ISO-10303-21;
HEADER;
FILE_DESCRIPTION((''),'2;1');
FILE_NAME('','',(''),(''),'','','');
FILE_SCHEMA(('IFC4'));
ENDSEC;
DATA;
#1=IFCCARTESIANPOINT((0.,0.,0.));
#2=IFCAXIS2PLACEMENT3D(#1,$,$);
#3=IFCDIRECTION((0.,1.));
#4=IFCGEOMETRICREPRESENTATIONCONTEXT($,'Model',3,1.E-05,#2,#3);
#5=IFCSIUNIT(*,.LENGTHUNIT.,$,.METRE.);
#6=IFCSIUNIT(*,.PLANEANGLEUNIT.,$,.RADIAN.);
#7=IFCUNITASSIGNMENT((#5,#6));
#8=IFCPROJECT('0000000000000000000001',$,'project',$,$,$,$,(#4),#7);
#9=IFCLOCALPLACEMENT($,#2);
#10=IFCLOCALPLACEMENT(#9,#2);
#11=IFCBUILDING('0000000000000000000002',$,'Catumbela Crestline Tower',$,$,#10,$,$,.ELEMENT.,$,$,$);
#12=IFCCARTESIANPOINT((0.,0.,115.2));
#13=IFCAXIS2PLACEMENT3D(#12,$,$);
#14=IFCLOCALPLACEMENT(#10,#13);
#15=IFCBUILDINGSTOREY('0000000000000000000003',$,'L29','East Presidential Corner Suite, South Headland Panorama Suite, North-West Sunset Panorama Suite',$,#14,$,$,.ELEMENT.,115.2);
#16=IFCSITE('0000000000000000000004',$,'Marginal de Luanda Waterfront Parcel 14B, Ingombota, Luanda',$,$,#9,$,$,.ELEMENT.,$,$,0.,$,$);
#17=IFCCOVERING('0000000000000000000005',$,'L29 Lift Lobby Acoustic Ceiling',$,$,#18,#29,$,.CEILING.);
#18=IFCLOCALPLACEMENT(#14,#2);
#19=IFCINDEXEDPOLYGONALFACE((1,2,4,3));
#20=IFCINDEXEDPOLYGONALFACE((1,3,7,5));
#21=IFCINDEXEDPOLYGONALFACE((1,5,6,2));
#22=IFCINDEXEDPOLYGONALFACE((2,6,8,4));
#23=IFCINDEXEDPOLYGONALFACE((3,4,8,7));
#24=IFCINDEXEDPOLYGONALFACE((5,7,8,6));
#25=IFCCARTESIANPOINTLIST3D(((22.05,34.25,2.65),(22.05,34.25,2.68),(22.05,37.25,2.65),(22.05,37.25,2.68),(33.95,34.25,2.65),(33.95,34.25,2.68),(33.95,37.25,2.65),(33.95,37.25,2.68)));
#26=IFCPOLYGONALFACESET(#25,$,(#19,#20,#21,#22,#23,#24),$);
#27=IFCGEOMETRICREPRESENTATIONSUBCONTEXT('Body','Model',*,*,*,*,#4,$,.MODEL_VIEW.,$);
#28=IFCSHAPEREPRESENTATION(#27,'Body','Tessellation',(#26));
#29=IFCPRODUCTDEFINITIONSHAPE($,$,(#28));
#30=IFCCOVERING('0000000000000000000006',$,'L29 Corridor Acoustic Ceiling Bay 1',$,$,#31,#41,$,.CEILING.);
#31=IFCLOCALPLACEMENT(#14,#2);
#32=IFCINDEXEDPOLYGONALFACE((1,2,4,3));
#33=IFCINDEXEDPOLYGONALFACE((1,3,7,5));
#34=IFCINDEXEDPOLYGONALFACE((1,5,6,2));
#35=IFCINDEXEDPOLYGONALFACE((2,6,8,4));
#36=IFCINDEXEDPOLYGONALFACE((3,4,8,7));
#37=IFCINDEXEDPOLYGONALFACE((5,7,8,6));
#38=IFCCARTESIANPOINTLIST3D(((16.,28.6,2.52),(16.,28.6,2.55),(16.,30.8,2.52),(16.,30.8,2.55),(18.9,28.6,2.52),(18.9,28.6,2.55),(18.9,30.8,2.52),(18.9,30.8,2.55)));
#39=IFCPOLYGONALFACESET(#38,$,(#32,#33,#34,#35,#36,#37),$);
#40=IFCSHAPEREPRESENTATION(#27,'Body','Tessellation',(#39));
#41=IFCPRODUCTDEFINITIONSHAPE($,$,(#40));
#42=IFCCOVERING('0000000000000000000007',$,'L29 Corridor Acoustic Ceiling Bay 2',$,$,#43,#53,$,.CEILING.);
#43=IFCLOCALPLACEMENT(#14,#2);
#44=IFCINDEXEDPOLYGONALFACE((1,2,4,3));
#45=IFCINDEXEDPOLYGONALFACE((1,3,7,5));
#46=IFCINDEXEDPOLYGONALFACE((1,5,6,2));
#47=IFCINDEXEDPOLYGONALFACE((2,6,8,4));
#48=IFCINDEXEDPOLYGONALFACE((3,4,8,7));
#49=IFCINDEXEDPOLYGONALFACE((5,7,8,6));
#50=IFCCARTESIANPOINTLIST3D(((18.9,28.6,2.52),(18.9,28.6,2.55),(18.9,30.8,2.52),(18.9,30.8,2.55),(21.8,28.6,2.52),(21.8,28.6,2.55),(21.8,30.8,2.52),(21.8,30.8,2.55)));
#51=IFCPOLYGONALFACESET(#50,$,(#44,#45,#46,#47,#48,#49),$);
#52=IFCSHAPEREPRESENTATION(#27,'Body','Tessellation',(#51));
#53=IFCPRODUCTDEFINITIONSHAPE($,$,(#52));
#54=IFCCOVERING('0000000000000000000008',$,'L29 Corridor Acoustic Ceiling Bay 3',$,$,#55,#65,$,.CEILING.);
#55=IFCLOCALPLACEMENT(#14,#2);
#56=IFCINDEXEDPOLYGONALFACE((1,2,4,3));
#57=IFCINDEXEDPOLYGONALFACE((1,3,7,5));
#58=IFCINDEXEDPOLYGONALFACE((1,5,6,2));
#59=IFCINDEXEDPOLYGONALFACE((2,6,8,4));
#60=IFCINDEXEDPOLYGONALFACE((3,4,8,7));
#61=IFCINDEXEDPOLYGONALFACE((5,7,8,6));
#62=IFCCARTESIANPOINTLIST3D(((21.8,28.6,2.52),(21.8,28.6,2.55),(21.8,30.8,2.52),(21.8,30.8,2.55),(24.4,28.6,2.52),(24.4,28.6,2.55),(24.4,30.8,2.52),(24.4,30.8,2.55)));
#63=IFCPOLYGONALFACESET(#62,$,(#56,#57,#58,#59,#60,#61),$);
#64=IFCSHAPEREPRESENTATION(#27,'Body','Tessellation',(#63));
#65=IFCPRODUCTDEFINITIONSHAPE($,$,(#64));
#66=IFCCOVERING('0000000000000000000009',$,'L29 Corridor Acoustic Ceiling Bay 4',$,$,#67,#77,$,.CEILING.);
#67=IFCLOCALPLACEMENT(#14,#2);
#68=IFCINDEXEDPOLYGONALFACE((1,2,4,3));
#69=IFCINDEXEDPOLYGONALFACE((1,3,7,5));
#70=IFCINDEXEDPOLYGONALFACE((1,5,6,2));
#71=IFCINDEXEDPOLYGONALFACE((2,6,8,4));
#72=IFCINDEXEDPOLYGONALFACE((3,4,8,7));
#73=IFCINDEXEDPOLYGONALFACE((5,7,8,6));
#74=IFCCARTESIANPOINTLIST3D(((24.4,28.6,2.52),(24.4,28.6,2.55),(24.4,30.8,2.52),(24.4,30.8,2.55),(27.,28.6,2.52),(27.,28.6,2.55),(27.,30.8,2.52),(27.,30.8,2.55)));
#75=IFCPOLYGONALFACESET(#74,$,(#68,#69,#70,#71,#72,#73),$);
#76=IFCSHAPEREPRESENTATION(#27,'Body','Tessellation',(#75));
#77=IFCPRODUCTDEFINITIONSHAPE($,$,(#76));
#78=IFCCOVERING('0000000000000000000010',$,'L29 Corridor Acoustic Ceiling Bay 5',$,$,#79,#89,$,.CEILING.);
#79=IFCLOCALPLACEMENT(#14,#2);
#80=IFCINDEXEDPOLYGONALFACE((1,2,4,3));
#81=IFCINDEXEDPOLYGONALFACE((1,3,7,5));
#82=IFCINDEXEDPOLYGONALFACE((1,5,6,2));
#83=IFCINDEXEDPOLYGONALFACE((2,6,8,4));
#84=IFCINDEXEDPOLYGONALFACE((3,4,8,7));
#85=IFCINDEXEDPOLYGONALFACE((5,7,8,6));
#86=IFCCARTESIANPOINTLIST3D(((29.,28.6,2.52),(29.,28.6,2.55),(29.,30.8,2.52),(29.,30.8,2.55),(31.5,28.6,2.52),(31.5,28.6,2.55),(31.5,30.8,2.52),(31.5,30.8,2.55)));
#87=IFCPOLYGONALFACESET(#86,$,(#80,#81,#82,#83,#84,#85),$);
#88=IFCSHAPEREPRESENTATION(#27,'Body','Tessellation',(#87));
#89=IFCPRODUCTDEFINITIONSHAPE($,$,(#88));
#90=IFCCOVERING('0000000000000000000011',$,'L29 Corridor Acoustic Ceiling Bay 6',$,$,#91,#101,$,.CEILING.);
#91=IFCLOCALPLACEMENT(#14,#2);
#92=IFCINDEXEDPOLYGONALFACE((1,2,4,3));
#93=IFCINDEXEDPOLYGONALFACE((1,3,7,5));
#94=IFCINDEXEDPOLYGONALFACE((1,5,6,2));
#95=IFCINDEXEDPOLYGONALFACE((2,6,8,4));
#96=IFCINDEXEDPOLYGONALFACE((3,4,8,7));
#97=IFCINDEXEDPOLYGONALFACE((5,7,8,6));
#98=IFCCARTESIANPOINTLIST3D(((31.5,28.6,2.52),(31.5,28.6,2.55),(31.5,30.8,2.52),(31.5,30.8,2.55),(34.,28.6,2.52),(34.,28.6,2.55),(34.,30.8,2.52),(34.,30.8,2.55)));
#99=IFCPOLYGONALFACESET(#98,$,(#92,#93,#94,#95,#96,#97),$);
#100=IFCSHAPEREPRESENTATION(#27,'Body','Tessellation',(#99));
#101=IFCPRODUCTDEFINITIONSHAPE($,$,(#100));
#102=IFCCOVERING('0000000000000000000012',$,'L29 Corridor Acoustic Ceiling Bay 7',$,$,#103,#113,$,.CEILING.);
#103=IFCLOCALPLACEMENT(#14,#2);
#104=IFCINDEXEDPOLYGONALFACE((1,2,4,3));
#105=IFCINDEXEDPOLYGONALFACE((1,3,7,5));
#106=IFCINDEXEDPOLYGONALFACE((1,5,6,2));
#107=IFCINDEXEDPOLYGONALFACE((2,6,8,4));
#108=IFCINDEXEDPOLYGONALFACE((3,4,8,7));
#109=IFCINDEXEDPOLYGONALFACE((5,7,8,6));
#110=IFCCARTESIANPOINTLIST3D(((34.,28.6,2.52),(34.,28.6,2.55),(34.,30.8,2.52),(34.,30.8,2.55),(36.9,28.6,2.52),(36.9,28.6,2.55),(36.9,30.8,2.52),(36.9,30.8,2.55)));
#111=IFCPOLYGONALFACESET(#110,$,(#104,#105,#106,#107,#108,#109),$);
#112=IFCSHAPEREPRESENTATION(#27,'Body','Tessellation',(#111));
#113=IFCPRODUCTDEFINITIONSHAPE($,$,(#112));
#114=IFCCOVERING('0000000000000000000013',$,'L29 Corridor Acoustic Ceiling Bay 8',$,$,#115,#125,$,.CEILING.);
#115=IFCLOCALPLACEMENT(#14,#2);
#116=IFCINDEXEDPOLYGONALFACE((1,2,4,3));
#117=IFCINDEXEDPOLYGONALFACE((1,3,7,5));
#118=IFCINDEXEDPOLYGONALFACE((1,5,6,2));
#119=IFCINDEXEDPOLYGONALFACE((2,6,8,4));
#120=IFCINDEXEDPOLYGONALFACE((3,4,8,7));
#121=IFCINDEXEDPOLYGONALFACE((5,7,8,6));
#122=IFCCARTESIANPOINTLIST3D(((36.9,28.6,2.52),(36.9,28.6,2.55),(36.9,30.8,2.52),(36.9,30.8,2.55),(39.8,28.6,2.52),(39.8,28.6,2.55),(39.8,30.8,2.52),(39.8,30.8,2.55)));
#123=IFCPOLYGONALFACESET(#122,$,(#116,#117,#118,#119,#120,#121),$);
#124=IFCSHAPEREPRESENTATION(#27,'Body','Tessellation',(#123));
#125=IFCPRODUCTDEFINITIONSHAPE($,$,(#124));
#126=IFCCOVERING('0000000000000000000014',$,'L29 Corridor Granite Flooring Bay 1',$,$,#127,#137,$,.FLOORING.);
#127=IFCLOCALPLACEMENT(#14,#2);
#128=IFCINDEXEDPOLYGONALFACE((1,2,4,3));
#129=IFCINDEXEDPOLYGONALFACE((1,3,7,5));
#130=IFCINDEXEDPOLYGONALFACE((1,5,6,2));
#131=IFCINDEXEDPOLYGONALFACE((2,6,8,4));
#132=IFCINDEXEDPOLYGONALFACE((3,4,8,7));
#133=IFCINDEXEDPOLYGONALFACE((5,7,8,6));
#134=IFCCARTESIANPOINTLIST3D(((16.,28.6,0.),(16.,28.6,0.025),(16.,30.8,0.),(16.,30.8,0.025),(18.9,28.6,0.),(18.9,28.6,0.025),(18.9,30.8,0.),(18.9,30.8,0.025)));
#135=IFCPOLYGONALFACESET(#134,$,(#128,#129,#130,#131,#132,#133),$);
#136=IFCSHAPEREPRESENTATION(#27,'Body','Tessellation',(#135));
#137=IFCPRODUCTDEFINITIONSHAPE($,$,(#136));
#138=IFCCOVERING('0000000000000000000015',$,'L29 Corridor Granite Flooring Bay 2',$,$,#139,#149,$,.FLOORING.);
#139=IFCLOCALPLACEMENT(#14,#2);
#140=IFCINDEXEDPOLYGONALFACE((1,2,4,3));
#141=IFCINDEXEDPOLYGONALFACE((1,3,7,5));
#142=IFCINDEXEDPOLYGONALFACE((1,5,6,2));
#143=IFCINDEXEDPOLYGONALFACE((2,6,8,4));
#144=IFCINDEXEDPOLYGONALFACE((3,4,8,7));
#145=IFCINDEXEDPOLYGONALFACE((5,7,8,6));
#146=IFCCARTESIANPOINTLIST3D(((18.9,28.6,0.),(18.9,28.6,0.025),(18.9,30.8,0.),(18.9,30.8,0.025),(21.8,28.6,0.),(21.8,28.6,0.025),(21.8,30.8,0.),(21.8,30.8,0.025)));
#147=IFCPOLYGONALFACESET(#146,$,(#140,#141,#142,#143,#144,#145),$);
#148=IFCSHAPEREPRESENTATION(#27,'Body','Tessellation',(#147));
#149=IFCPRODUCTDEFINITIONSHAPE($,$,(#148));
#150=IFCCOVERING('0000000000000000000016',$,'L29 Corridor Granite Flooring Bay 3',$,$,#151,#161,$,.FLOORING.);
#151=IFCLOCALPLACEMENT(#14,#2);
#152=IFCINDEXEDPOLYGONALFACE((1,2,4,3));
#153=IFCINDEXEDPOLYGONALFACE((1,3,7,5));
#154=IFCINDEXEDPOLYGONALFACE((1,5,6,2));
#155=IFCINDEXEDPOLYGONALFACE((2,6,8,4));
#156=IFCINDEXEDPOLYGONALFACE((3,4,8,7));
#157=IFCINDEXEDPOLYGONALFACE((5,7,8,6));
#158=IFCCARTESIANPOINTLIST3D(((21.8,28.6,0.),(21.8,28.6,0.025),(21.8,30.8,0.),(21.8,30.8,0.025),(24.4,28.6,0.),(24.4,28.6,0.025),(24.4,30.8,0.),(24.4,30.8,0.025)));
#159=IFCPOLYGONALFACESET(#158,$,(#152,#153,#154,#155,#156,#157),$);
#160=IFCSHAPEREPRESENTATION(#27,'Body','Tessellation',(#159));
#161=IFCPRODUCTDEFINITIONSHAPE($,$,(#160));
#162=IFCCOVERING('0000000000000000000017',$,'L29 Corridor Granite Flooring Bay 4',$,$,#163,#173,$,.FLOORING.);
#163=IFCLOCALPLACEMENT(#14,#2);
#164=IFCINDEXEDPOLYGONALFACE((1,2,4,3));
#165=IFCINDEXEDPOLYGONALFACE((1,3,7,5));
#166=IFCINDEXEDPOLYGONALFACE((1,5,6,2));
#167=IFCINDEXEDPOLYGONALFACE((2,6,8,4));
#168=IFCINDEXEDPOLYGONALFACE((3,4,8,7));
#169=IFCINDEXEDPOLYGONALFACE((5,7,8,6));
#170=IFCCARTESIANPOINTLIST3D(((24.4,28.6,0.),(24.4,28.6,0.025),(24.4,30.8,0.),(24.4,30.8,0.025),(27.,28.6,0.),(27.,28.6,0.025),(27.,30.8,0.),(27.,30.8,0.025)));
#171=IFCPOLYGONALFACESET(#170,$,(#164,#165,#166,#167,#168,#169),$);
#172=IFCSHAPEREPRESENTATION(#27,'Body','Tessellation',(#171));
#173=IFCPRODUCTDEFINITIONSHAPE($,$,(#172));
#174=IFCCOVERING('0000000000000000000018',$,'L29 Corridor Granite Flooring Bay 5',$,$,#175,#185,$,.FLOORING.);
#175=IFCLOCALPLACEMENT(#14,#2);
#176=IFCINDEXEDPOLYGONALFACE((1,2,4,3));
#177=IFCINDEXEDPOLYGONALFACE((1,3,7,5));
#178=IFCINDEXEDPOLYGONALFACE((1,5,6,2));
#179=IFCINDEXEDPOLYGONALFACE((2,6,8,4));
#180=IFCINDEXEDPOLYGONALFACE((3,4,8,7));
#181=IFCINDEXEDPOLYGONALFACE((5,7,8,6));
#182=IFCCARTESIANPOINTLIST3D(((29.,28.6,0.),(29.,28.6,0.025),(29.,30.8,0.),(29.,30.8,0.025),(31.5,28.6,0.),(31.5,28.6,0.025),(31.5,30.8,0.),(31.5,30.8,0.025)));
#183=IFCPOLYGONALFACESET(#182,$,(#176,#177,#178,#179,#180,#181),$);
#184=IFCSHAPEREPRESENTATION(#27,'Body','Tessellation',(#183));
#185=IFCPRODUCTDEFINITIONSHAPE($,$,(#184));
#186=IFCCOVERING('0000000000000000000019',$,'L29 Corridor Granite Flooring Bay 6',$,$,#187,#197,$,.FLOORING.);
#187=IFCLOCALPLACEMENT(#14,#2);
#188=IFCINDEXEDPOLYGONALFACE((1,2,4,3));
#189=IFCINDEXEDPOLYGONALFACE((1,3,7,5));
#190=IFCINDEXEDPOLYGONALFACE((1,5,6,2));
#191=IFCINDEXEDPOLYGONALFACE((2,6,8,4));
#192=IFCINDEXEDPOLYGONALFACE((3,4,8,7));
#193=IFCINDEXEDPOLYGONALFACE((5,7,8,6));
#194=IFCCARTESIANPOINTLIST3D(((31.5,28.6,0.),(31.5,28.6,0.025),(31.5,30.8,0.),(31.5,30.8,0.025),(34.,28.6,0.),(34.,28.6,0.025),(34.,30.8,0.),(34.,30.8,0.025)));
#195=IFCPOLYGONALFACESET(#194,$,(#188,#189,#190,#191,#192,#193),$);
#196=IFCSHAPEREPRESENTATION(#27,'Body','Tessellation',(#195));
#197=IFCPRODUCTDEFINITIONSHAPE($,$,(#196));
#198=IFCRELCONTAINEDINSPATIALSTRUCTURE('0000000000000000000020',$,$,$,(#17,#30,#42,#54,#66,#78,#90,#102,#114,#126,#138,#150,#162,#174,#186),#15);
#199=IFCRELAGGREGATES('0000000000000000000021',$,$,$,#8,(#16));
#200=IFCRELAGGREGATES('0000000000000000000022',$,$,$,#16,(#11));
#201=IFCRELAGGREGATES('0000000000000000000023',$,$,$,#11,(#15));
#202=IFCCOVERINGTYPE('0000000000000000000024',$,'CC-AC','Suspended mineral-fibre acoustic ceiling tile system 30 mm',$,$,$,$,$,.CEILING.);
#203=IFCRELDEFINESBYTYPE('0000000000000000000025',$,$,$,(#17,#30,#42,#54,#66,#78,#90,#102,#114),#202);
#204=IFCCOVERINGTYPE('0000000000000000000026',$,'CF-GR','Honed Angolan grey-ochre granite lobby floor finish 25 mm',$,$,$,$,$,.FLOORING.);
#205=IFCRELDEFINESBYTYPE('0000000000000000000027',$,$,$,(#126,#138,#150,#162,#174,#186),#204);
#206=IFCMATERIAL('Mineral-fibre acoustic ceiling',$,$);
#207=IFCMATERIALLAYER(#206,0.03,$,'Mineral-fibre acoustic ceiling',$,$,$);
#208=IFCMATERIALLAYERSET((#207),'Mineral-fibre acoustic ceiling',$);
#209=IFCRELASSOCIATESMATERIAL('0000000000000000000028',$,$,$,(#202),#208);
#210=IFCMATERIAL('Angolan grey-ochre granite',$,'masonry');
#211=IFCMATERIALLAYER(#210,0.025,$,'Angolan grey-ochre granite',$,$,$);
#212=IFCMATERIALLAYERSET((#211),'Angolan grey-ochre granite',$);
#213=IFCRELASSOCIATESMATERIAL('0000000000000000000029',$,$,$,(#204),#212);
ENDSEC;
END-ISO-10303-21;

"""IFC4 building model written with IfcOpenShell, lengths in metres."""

from ifc_helpers import new_model, si_unit, direction, frame, origin, place, context, subcontext, project, spatial, polyline, outline, extrude, material, layer, layer_set, type_object, element, save


model = new_model("IFC4")

# Units and contexts
model_context = context("Model", 3, precision=1e-05, world=origin(), true_north=direction((0.0, 1.0)))
body_context = subcontext(model_context, "Body", "Model", "MODEL_VIEW")
ifc_project = project(units=[si_unit("LENGTHUNIT", "METRE"), si_unit("PLANEANGLEUNIT", "RADIAN")], contexts=[model_context])

# Site, building, storey
site_placement = place(None, origin())
site = spatial("IfcSite", under=ifc_project, at=site_placement, Name="Marginal de Luanda Waterfront Parcel 14B, Ingombota, Luanda", CompositionType="ELEMENT", RefElevation=0.0)
building_placement = place(site_placement, origin())
building = spatial("IfcBuilding", under=site, at=building_placement, Name="Catumbela Crestline Tower", CompositionType="ELEMENT")
storey_placement = place(building_placement, frame((0.0, 0.0, 115.2)))
storey = spatial("IfcBuildingStorey", under=building, at=storey_placement, Name="L29", Description="East Presidential Corner Suite, South Headland Panorama Suite, North-West Sunset Panorama Suite", CompositionType="ELEMENT", Elevation=115.2)

# Shared definitions
ifc_material_1 = material(Name="Angolan grey-ochre granite", Category="masonry")

# Coverings
ifc_material_2 = material(Name="Mineral-fibre acoustic ceiling")
ifc_layer_1 = layer(ifc_material_2, 0.03, Name="Mineral-fibre acoustic ceiling")
ifc_layer_set_1 = layer_set([ifc_layer_1], Name="Mineral-fibre acoustic ceiling")
covering_type_1 = type_object("IfcCoveringType", Name="CC-AC", Description="Suspended mineral-fibre acoustic ceiling tile system 30 mm", PredefinedType="CEILING", material=ifc_layer_set_1)
covering_1_placement = place(storey_placement, frame((0.0, 0.0, 2.65)))
element("IfcCovering", 1, at=covering_1_placement, inside=storey, type_object=covering_type_1, Name="L29 Lift Lobby Acoustic Ceiling", PredefinedType="CEILING", context=body_context, shape_type="SweptSolid", body=[
    extrude(outline(polyline([(22.05, 34.25), (33.95, 34.25), (33.95, 37.25), (22.05, 37.25), (22.05, 34.25)])), origin(), (0.0, 0.0, 1.0), 0.03),
])
covering_2_placement = place(storey_placement, frame((0.0, 0.0, 2.52)))
element("IfcCovering", 2, at=covering_2_placement, inside=storey, type_object=covering_type_1, Name="L29 Corridor Acoustic Ceiling Bay 1", PredefinedType="CEILING", context=body_context, shape_type="SweptSolid", body=[
    extrude(outline(polyline([(16.0, 28.6), (18.9, 28.6), (18.9, 30.8), (16.0, 30.8), (16.0, 28.6)])), origin(), (0.0, 0.0, 1.0), 0.03),
])
covering_3_placement = place(storey_placement, frame((0.0, 0.0, 2.52)))
element("IfcCovering", 3, at=covering_3_placement, inside=storey, type_object=covering_type_1, Name="L29 Corridor Acoustic Ceiling Bay 2", PredefinedType="CEILING", context=body_context, shape_type="SweptSolid", body=[
    extrude(outline(polyline([(18.9, 28.6), (21.8, 28.6), (21.8, 30.8), (18.9, 30.8), (18.9, 28.6)])), origin(), (0.0, 0.0, 1.0), 0.03),
])
covering_4_placement = place(storey_placement, frame((0.0, 0.0, 2.52)))
element("IfcCovering", 4, at=covering_4_placement, inside=storey, type_object=covering_type_1, Name="L29 Corridor Acoustic Ceiling Bay 3", PredefinedType="CEILING", context=body_context, shape_type="SweptSolid", body=[
    extrude(outline(polyline([(21.8, 28.6), (24.4, 28.6), (24.4, 30.8), (21.8, 30.8), (21.8, 28.6)])), origin(), (0.0, 0.0, 1.0), 0.03),
])
covering_5_placement = place(storey_placement, frame((0.0, 0.0, 2.52)))
element("IfcCovering", 5, at=covering_5_placement, inside=storey, type_object=covering_type_1, Name="L29 Corridor Acoustic Ceiling Bay 4", PredefinedType="CEILING", context=body_context, shape_type="SweptSolid", body=[
    extrude(outline(polyline([(24.4, 28.6), (27.0, 28.6), (27.0, 30.8), (24.4, 30.8), (24.4, 28.6)])), origin(), (0.0, 0.0, 1.0), 0.03),
])
covering_6_placement = place(storey_placement, frame((0.0, 0.0, 2.52)))
element("IfcCovering", 6, at=covering_6_placement, inside=storey, type_object=covering_type_1, Name="L29 Corridor Acoustic Ceiling Bay 5", PredefinedType="CEILING", context=body_context, shape_type="SweptSolid", body=[
    extrude(outline(polyline([(29.0, 28.6), (31.5, 28.6), (31.5, 30.8), (29.0, 30.8), (29.0, 28.6)])), origin(), (0.0, 0.0, 1.0), 0.03),
])
covering_7_placement = place(storey_placement, frame((0.0, 0.0, 2.52)))
element("IfcCovering", 7, at=covering_7_placement, inside=storey, type_object=covering_type_1, Name="L29 Corridor Acoustic Ceiling Bay 6", PredefinedType="CEILING", context=body_context, shape_type="SweptSolid", body=[
    extrude(outline(polyline([(31.5, 28.6), (34.0, 28.6), (34.0, 30.8), (31.5, 30.8), (31.5, 28.6)])), origin(), (0.0, 0.0, 1.0), 0.03),
])
covering_8_placement = place(storey_placement, frame((0.0, 0.0, 2.52)))
element("IfcCovering", 8, at=covering_8_placement, inside=storey, type_object=covering_type_1, Name="L29 Corridor Acoustic Ceiling Bay 7", PredefinedType="CEILING", context=body_context, shape_type="SweptSolid", body=[
    extrude(outline(polyline([(34.0, 28.6), (36.9, 28.6), (36.9, 30.8), (34.0, 30.8), (34.0, 28.6)])), origin(), (0.0, 0.0, 1.0), 0.03),
])
covering_9_placement = place(storey_placement, frame((0.0, 0.0, 2.52)))
element("IfcCovering", 9, at=covering_9_placement, inside=storey, type_object=covering_type_1, Name="L29 Corridor Acoustic Ceiling Bay 8", PredefinedType="CEILING", context=body_context, shape_type="SweptSolid", body=[
    extrude(outline(polyline([(36.9, 28.6), (39.8, 28.6), (39.8, 30.8), (36.9, 30.8), (36.9, 28.6)])), origin(), (0.0, 0.0, 1.0), 0.03),
])
ifc_layer_2 = layer(ifc_material_1, 0.025, Name="Angolan grey-ochre granite")
ifc_layer_set_2 = layer_set([ifc_layer_2], Name="Angolan grey-ochre granite")
covering_type_2 = type_object("IfcCoveringType", Name="CF-GR", Description="Honed Angolan grey-ochre granite lobby floor finish 25 mm", PredefinedType="FLOORING", material=ifc_layer_set_2)
covering_10_placement = place(storey_placement, origin())
element("IfcCovering", 10, at=covering_10_placement, inside=storey, type_object=covering_type_2, Name="L29 Corridor Granite Flooring Bay 1", PredefinedType="FLOORING", context=body_context, shape_type="SweptSolid", body=[
    extrude(outline(polyline([(16.0, 28.6), (18.9, 28.6), (18.9, 30.8), (16.0, 30.8), (16.0, 28.6)])), origin(), (0.0, 0.0, 1.0), 0.025),
])
covering_11_placement = place(storey_placement, origin())
element("IfcCovering", 11, at=covering_11_placement, inside=storey, type_object=covering_type_2, Name="L29 Corridor Granite Flooring Bay 2", PredefinedType="FLOORING", context=body_context, shape_type="SweptSolid", body=[
    extrude(outline(polyline([(18.9, 28.6), (21.8, 28.6), (21.8, 30.8), (18.9, 30.8), (18.9, 28.6)])), origin(), (0.0, 0.0, 1.0), 0.025),
])
covering_12_placement = place(storey_placement, origin())
element("IfcCovering", 12, at=covering_12_placement, inside=storey, type_object=covering_type_2, Name="L29 Corridor Granite Flooring Bay 3", PredefinedType="FLOORING", context=body_context, shape_type="SweptSolid", body=[
    extrude(outline(polyline([(21.8, 28.6), (24.4, 28.6), (24.4, 30.8), (21.8, 30.8), (21.8, 28.6)])), origin(), (0.0, 0.0, 1.0), 0.025),
])
covering_13_placement = place(storey_placement, origin())
element("IfcCovering", 13, at=covering_13_placement, inside=storey, type_object=covering_type_2, Name="L29 Corridor Granite Flooring Bay 4", PredefinedType="FLOORING", context=body_context, shape_type="SweptSolid", body=[
    extrude(outline(polyline([(24.4, 28.6), (27.0, 28.6), (27.0, 30.8), (24.4, 30.8), (24.4, 28.6)])), origin(), (0.0, 0.0, 1.0), 0.025),
])
covering_14_placement = place(storey_placement, origin())
element("IfcCovering", 14, at=covering_14_placement, inside=storey, type_object=covering_type_2, Name="L29 Corridor Granite Flooring Bay 5", PredefinedType="FLOORING", context=body_context, shape_type="SweptSolid", body=[
    extrude(outline(polyline([(29.0, 28.6), (31.5, 28.6), (31.5, 30.8), (29.0, 30.8), (29.0, 28.6)])), origin(), (0.0, 0.0, 1.0), 0.025),
])
covering_15_placement = place(storey_placement, origin())
element("IfcCovering", 15, at=covering_15_placement, inside=storey, type_object=covering_type_2, Name="L29 Corridor Granite Flooring Bay 6", PredefinedType="FLOORING", context=body_context, shape_type="SweptSolid", body=[
    extrude(outline(polyline([(31.5, 28.6), (34.0, 28.6), (34.0, 30.8), (31.5, 30.8), (31.5, 28.6)])), origin(), (0.0, 0.0, 1.0), 0.025),
])

save(model, "model.ifc")
